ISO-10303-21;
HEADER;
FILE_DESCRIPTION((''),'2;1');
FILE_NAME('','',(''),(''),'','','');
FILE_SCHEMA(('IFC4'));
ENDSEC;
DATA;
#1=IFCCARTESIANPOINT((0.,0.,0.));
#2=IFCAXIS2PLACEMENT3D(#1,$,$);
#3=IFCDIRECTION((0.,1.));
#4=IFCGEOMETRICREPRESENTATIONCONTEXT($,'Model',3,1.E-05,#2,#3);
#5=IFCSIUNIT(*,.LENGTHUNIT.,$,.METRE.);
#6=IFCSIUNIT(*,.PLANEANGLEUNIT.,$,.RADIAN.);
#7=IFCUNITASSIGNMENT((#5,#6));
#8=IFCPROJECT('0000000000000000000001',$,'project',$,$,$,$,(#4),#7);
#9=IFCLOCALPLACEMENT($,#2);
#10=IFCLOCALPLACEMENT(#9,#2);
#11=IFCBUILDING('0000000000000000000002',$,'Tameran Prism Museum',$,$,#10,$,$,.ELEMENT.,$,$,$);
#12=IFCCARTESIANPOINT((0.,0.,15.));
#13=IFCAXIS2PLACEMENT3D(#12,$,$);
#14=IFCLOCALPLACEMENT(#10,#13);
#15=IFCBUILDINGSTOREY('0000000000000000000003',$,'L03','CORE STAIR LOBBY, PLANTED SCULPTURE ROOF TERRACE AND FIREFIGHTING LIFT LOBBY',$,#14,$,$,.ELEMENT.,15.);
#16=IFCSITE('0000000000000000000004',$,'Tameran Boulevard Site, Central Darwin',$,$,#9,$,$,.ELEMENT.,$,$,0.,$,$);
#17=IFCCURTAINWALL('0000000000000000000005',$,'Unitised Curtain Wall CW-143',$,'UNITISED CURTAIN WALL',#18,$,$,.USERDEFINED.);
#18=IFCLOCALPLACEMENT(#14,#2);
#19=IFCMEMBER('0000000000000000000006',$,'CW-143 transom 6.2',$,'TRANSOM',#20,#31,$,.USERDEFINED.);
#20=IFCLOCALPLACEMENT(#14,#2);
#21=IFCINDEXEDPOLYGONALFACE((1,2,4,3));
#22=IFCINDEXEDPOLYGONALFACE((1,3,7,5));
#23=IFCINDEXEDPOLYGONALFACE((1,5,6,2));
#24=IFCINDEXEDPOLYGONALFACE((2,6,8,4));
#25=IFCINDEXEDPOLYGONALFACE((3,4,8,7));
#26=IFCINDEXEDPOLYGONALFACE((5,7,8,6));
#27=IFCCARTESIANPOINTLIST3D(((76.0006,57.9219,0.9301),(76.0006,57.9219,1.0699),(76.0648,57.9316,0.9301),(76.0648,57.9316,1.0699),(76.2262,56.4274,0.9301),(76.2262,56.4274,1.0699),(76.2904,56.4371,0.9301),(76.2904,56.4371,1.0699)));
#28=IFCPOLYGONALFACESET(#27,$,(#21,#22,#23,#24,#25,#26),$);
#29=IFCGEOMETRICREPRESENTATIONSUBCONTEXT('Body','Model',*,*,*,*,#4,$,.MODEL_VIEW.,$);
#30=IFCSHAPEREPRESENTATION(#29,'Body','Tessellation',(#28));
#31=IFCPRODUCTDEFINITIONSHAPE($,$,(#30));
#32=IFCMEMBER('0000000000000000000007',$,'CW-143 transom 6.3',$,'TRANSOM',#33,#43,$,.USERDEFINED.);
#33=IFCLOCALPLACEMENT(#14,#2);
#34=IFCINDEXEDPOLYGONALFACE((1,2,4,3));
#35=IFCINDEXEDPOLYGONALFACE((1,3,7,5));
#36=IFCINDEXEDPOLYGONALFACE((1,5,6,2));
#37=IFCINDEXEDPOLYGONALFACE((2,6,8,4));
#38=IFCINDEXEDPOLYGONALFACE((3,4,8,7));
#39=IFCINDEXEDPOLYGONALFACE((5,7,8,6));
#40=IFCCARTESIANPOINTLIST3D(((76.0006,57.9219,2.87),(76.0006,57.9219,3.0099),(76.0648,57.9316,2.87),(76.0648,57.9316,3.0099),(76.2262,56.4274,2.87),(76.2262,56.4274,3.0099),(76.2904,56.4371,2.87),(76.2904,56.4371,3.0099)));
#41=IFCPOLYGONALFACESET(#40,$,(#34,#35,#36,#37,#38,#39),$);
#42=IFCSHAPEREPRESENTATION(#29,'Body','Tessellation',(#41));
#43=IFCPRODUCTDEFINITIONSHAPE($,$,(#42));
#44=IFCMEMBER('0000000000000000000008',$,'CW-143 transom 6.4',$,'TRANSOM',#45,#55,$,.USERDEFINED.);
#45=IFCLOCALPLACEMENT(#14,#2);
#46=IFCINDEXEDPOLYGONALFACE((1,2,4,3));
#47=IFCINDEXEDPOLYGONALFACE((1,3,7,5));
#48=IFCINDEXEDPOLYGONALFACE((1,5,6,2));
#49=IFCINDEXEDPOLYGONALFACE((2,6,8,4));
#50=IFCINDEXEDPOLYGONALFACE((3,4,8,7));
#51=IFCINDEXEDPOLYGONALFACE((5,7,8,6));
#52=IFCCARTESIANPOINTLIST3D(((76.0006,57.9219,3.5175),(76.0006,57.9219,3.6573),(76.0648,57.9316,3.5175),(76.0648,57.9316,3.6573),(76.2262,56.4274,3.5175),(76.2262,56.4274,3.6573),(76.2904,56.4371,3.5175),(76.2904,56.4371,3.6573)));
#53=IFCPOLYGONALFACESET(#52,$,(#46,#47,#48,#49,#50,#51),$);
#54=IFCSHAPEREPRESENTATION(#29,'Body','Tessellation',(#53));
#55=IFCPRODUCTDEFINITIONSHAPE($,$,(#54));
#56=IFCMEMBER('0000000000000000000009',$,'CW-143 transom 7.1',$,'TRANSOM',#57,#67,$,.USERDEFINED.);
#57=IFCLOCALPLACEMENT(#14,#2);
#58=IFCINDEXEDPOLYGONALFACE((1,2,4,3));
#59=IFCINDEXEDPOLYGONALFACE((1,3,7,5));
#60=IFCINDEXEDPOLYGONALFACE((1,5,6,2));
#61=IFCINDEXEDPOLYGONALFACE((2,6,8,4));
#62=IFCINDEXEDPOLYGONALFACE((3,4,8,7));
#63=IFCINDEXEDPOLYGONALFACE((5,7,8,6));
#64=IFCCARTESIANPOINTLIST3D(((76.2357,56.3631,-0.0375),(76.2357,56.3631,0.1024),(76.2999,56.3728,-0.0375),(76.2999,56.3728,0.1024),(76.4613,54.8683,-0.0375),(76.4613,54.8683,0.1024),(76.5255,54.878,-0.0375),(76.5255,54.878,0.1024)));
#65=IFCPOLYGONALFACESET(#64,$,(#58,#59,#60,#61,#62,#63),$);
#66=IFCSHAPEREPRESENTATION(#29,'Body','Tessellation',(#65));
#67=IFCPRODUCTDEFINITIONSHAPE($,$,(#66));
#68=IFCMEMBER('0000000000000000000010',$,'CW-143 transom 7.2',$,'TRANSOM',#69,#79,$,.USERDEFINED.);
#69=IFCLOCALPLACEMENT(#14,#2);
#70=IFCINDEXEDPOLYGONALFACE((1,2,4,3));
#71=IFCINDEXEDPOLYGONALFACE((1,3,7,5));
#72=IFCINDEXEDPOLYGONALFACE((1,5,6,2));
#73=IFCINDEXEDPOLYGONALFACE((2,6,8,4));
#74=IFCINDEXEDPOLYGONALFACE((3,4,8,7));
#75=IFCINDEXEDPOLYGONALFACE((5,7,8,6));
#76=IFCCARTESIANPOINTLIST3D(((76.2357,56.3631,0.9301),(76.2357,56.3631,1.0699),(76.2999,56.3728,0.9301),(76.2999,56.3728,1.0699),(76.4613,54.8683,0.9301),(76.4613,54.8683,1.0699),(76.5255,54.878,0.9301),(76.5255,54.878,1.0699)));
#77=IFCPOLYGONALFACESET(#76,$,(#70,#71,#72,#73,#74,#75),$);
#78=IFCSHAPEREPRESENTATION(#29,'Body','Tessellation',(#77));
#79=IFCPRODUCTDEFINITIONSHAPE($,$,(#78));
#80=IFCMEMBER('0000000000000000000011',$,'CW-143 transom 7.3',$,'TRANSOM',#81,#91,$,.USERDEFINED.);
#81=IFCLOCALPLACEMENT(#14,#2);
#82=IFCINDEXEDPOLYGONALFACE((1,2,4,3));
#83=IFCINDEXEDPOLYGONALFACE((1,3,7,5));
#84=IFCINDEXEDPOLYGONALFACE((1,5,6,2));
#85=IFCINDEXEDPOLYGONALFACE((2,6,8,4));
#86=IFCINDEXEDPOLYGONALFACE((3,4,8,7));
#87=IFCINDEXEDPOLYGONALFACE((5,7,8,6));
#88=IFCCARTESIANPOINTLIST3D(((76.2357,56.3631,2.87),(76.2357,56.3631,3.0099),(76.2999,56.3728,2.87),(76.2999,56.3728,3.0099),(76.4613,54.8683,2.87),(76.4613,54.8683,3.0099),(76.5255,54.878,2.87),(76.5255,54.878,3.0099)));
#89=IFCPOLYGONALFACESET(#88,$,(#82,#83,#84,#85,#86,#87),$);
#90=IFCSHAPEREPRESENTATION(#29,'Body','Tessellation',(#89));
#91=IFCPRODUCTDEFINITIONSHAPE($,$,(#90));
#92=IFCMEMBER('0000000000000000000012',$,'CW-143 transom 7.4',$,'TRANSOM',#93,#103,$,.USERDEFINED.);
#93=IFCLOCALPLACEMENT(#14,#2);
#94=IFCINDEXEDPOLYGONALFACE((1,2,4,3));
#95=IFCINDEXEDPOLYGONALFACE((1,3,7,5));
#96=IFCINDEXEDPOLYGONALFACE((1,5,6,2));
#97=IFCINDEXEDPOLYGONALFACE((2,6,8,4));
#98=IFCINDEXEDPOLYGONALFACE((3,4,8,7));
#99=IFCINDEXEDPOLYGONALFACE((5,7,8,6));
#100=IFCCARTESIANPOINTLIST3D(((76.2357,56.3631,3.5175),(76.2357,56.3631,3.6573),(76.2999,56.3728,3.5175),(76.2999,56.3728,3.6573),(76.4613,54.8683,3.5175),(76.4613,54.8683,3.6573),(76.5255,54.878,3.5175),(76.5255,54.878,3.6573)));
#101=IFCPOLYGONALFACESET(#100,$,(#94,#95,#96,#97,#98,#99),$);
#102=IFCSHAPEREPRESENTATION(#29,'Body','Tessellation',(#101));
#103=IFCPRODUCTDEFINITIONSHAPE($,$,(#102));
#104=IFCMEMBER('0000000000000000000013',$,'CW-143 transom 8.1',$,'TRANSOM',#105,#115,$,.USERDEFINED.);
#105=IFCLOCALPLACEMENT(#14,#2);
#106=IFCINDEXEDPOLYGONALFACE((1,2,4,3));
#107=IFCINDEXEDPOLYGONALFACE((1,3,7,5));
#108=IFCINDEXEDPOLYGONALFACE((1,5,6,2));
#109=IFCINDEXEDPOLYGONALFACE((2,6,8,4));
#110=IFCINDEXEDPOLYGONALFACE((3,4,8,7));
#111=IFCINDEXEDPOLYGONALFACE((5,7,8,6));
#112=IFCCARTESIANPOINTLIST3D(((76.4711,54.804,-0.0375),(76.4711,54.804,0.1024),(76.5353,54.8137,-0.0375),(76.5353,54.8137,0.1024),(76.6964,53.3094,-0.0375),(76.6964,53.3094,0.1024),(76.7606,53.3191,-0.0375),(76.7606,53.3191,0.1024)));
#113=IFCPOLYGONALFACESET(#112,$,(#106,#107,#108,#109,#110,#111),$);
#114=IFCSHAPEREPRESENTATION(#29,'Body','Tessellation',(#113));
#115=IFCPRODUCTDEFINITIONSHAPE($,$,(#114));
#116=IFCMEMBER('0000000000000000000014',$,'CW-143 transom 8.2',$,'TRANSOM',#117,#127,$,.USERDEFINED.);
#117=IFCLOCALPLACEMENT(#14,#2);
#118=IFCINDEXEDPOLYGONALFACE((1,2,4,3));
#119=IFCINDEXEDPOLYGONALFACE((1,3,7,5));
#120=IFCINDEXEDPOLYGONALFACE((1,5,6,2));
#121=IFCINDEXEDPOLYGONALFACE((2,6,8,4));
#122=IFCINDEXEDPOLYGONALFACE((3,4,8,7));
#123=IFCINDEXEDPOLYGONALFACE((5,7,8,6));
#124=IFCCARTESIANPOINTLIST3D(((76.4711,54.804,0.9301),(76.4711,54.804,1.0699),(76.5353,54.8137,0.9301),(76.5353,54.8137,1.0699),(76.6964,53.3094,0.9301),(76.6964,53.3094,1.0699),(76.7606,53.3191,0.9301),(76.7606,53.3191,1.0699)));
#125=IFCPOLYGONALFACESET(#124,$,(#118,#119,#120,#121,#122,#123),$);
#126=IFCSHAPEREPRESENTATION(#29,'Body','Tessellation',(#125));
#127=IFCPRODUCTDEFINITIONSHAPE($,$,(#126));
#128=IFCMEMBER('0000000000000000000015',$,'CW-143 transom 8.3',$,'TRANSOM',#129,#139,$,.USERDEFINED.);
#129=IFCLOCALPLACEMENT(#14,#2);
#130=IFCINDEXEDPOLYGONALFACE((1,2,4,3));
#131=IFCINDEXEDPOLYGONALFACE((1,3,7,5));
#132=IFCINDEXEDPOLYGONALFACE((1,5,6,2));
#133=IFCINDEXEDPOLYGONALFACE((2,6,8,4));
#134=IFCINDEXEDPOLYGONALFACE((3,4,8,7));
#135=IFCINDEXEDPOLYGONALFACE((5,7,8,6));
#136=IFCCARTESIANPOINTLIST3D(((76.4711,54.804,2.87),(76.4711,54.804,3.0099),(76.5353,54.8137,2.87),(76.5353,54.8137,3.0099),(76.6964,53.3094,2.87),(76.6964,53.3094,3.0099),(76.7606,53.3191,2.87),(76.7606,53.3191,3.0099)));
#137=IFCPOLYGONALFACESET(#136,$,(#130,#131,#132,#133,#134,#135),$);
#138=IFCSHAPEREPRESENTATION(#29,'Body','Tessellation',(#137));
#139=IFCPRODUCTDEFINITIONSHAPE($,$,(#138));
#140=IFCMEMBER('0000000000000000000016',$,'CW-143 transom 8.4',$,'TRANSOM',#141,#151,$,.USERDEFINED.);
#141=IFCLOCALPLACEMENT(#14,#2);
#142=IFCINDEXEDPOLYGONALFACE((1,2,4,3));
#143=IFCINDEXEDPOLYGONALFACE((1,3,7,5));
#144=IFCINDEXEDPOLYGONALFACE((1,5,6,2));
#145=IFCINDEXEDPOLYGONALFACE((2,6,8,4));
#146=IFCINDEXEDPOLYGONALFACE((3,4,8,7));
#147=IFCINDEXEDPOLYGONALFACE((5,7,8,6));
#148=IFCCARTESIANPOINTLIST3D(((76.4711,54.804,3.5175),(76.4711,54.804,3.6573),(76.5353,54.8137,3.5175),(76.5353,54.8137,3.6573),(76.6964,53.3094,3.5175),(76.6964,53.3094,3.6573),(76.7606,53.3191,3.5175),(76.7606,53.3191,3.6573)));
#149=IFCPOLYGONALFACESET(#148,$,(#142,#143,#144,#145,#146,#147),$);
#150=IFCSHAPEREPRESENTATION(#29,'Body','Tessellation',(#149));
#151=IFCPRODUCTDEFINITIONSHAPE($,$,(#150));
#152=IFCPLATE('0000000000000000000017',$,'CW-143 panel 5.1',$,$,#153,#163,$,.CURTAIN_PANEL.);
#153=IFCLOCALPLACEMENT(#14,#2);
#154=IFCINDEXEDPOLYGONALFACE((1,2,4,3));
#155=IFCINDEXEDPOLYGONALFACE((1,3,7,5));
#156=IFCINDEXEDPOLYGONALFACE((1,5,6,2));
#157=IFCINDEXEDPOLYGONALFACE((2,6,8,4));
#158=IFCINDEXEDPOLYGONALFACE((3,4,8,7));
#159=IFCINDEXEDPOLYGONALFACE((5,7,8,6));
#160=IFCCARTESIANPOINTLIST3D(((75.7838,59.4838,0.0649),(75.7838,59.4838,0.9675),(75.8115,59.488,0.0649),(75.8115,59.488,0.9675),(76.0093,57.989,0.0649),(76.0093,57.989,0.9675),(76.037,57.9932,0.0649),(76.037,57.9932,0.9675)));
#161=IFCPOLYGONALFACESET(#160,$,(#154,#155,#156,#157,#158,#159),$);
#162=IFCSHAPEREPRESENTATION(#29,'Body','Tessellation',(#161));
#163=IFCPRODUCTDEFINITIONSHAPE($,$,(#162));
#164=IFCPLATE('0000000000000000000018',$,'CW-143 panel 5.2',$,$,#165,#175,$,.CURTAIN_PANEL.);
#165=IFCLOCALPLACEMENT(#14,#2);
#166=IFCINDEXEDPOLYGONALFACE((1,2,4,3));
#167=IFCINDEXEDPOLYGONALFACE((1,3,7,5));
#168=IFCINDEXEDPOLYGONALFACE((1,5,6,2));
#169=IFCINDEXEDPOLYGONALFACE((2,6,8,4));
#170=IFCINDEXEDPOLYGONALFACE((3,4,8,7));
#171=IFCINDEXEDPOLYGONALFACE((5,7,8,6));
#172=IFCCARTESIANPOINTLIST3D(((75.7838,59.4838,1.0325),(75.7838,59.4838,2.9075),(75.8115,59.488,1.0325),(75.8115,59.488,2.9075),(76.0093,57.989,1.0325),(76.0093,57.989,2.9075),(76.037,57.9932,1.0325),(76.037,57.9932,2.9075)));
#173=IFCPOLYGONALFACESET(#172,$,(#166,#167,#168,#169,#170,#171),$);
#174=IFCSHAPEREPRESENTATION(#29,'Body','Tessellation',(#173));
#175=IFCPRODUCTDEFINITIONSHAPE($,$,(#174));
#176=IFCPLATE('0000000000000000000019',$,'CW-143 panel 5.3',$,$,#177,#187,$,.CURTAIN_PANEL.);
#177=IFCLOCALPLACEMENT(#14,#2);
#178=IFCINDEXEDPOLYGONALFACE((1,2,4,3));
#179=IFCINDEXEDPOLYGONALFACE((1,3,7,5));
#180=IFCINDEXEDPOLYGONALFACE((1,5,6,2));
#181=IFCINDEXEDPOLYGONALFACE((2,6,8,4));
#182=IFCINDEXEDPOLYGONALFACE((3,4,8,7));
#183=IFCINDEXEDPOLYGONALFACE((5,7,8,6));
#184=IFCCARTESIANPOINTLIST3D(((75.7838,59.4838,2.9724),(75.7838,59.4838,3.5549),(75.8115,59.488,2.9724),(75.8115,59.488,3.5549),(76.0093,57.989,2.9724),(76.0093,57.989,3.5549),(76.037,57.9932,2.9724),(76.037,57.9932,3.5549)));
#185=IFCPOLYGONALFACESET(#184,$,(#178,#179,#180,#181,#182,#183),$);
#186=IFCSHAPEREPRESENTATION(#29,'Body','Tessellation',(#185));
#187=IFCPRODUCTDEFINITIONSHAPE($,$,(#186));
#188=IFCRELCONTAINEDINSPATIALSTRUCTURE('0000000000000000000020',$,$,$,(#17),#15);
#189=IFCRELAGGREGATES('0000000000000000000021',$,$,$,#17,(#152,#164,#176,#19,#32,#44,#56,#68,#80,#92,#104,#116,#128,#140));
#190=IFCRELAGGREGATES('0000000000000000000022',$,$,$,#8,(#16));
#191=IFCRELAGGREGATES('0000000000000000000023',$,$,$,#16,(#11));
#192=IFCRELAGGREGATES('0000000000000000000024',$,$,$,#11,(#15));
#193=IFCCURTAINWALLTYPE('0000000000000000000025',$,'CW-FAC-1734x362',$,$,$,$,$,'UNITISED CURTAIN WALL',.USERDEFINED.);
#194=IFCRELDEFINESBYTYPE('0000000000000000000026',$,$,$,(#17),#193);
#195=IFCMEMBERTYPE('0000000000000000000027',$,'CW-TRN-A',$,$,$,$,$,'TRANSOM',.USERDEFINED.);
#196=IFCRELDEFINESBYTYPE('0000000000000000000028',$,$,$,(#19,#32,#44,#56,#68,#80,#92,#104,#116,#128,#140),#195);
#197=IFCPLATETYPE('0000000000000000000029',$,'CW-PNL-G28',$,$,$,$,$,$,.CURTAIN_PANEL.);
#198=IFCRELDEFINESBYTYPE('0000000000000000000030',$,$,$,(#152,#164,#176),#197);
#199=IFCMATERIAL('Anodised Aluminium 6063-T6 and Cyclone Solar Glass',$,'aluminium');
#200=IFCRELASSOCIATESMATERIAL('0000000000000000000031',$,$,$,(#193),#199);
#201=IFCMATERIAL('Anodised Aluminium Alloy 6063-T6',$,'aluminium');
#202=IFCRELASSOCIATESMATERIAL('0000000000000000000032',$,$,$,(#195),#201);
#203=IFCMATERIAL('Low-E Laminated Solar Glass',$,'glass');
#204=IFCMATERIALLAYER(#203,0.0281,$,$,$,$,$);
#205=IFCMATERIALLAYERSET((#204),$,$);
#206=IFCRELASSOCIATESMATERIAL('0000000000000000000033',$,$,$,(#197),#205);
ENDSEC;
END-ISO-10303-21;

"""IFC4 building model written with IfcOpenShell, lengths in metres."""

from ifc_helpers import new_model, si_unit, direction, frame, origin, origin_2d, place, context, subcontext, project, spatial, rectangle, extrude, material, layer, layer_set, material_profile, profile_set, type_object, element, aggregate, save


model = new_model("IFC4")

# Units and contexts
model_context = context("Model", 3, precision=1e-05, world=origin(), true_north=direction((0.0, 1.0)))
body_context = subcontext(model_context, "Body", "Model", "MODEL_VIEW")
ifc_project = project(units=[si_unit("LENGTHUNIT", "METRE"), si_unit("PLANEANGLEUNIT", "RADIAN")], contexts=[model_context])

# Site, building, storey
site_placement = place(None, origin())
site = spatial("IfcSite", under=ifc_project, at=site_placement, Name="Tameran Boulevard Site, Central Darwin", CompositionType="ELEMENT", RefElevation=0.0)
building_placement = place(site_placement, origin())
building = spatial("IfcBuilding", under=site, at=building_placement, Name="Tameran Prism Museum", CompositionType="ELEMENT")
storey_placement = place(building_placement, frame((0.0, 0.0, 15.0)))
storey = spatial("IfcBuildingStorey", under=building, at=storey_placement, Name="L03", Description="CORE STAIR LOBBY, PLANTED SCULPTURE ROOF TERRACE AND FIREFIGHTING LIFT LOBBY", CompositionType="ELEMENT", Elevation=15.0)

# Curtain wall, members, plates
ifc_material_1 = material(Name="Anodised Aluminium 6063-T6 and Cyclone Solar Glass", Category="aluminium")
curtain_wall_type = type_object("IfcCurtainWallType", Name="CW-FAC-1734x362", ElementType="UNITISED CURTAIN WALL", PredefinedType="USERDEFINED", material=ifc_material_1)
curtain_wall_placement = place(storey_placement, origin())
curtain_wall = element("IfcCurtainWall", 1, at=curtain_wall_placement, inside=storey, type_object=curtain_wall_type, Name="Unitised Curtain Wall CW-143", ObjectType="UNITISED CURTAIN WALL", PredefinedType="USERDEFINED")
ifc_material_2 = material(Name="Anodised Aluminium Alloy 6063-T6", Category="aluminium")
ifc_material_profile_1 = material_profile(ifc_material_2, rectangle(XDim=0.0649, YDim=0.1399, at=origin_2d()))
ifc_profile_set_1 = profile_set([ifc_material_profile_1])
member_type_1 = type_object("IfcMemberType", Name="CW-TRN-A", ElementType="TRANSOM", PredefinedType="USERDEFINED", material=ifc_profile_set_1)
member_1_placement = place(storey_placement, frame((76.0327, 57.9268, 1.0), z_axis=(0.149241, -0.988801, 0.0), x_axis=(0.988801, 0.149241, 0.0)))
member_1 = element("IfcMember", 2, at=member_1_placement, type_object=member_type_1, Name="CW-143 transom 6.2", ObjectType="TRANSOM", PredefinedType="USERDEFINED", context=body_context, shape_type="SweptSolid", body=[
    extrude(rectangle(XDim=0.0649, YDim=0.1399, at=origin_2d()), origin(), (0.0, 0.0, 1.0), 1.5115),
])
member_2_placement = place(storey_placement, frame((76.0327, 57.9268, 2.9399), z_axis=(0.149241, -0.988801, 0.0), x_axis=(0.988801, 0.149241, 0.0)))
member_2 = element("IfcMember", 3, at=member_2_placement, type_object=member_type_1, Name="CW-143 transom 6.3", ObjectType="TRANSOM", PredefinedType="USERDEFINED", context=body_context, shape_type="SweptSolid", body=[
    extrude(rectangle(XDim=0.0649, YDim=0.1399, at=origin_2d()), origin(), (0.0, 0.0, 1.0), 1.5115),
])
member_3_placement = place(storey_placement, frame((76.0327, 57.9268, 3.5874), z_axis=(0.149241, -0.988801, 0.0), x_axis=(0.988801, 0.149241, 0.0)))
member_3 = element("IfcMember", 4, at=member_3_placement, type_object=member_type_1, Name="CW-143 transom 6.4", ObjectType="TRANSOM", PredefinedType="USERDEFINED", context=body_context, shape_type="SweptSolid", body=[
    extrude(rectangle(XDim=0.0649, YDim=0.1399, at=origin_2d()), origin(), (0.0, 0.0, 1.0), 1.5115),
])
member_4_placement = place(storey_placement, frame((76.2678, 56.3679, 0.0325), z_axis=(0.149217, -0.988804, 0.0), x_axis=(0.988804, 0.149217, 0.0)))
member_4 = element("IfcMember", 5, at=member_4_placement, type_object=member_type_1, Name="CW-143 transom 7.1", ObjectType="TRANSOM", PredefinedType="USERDEFINED", context=body_context, shape_type="SweptSolid", body=[
    extrude(rectangle(XDim=0.0649, YDim=0.1399, at=origin_2d()), origin(), (0.0, 0.0, 1.0), 1.5117),
])
member_5_placement = place(storey_placement, frame((76.2678, 56.3679, 1.0), z_axis=(0.149217, -0.988804, 0.0), x_axis=(0.988804, 0.149217, 0.0)))
member_5 = element("IfcMember", 6, at=member_5_placement, type_object=member_type_1, Name="CW-143 transom 7.2", ObjectType="TRANSOM", PredefinedType="USERDEFINED", context=body_context, shape_type="SweptSolid", body=[
    extrude(rectangle(XDim=0.0649, YDim=0.1399, at=origin_2d()), origin(), (0.0, 0.0, 1.0), 1.5117),
])
member_6_placement = place(storey_placement, frame((76.2678, 56.3679, 2.9399), z_axis=(0.149217, -0.988804, 0.0), x_axis=(0.988804, 0.149217, 0.0)))
member_6 = element("IfcMember", 7, at=member_6_placement, type_object=member_type_1, Name="CW-143 transom 7.3", ObjectType="TRANSOM", PredefinedType="USERDEFINED", context=body_context, shape_type="SweptSolid", body=[
    extrude(rectangle(XDim=0.0649, YDim=0.1399, at=origin_2d()), origin(), (0.0, 0.0, 1.0), 1.5117),
])
member_7_placement = place(storey_placement, frame((76.2678, 56.3679, 3.5874), z_axis=(0.149217, -0.988804, 0.0), x_axis=(0.988804, 0.149217, 0.0)))
member_7 = element("IfcMember", 8, at=member_7_placement, type_object=member_type_1, Name="CW-143 transom 7.4", ObjectType="TRANSOM", PredefinedType="USERDEFINED", context=body_context, shape_type="SweptSolid", body=[
    extrude(rectangle(XDim=0.0649, YDim=0.1399, at=origin_2d()), origin(), (0.0, 0.0, 1.0), 1.5117),
])
member_8_placement = place(storey_placement, frame((76.5032, 54.8088, 0.0325), z_axis=(0.149083, -0.988825, 0.0), x_axis=(0.988825, 0.149083, 0.0)))
member_8 = element("IfcMember", 9, at=member_8_placement, type_object=member_type_1, Name="CW-143 transom 8.1", ObjectType="TRANSOM", PredefinedType="USERDEFINED", context=body_context, shape_type="SweptSolid", body=[
    extrude(rectangle(XDim=0.0649, YDim=0.1399, at=origin_2d()), origin(), (0.0, 0.0, 1.0), 1.5115),
])
member_9_placement = place(storey_placement, frame((76.5032, 54.8088, 1.0), z_axis=(0.149083, -0.988825, 0.0), x_axis=(0.988825, 0.149083, 0.0)))
member_9 = element("IfcMember", 10, at=member_9_placement, type_object=member_type_1, Name="CW-143 transom 8.2", ObjectType="TRANSOM", PredefinedType="USERDEFINED", context=body_context, shape_type="SweptSolid", body=[
    extrude(rectangle(XDim=0.0649, YDim=0.1399, at=origin_2d()), origin(), (0.0, 0.0, 1.0), 1.5115),
])
member_10_placement = place(storey_placement, frame((76.5032, 54.8088, 2.9399), z_axis=(0.149083, -0.988825, 0.0), x_axis=(0.988825, 0.149083, 0.0)))
member_10 = element("IfcMember", 11, at=member_10_placement, type_object=member_type_1, Name="CW-143 transom 8.3", ObjectType="TRANSOM", PredefinedType="USERDEFINED", context=body_context, shape_type="SweptSolid", body=[
    extrude(rectangle(XDim=0.0649, YDim=0.1399, at=origin_2d()), origin(), (0.0, 0.0, 1.0), 1.5115),
])
member_11_placement = place(storey_placement, frame((76.5032, 54.8088, 3.5874), z_axis=(0.149083, -0.988825, 0.0), x_axis=(0.988825, 0.149083, 0.0)))
member_11 = element("IfcMember", 12, at=member_11_placement, type_object=member_type_1, Name="CW-143 transom 8.4", ObjectType="TRANSOM", PredefinedType="USERDEFINED", context=body_context, shape_type="SweptSolid", body=[
    extrude(rectangle(XDim=0.0649, YDim=0.1399, at=origin_2d()), origin(), (0.0, 0.0, 1.0), 1.5115),
])
ifc_material_3 = material(Name="Low-E Laminated Solar Glass", Category="glass")
ifc_layer_1 = layer(ifc_material_3, 0.0281)
ifc_layer_set_1 = layer_set([ifc_layer_1])
plate_type = type_object("IfcPlateType", Name="CW-PNL-G28", PredefinedType="CURTAIN_PANEL", material=ifc_layer_set_1)
plate_1_placement = place(storey_placement, frame((75.9104, 58.7385, 0.0649), z_axis=(0.0, 0.0, 1.0), x_axis=(0.149167, -0.988812, 0.0)))
plate_1 = element("IfcPlate", 13, at=plate_1_placement, type_object=plate_type, Name="CW-143 panel 5.1", PredefinedType="CURTAIN_PANEL", context=body_context, shape_type="SweptSolid", body=[
    extrude(rectangle(XDim=1.5117, YDim=0.0281, at=origin_2d()), origin(), (0.0, 0.0, 1.0), 0.9026),
])
plate_2_placement = place(storey_placement, frame((75.9104, 58.7385, 1.0325), z_axis=(0.0, 0.0, 1.0), x_axis=(0.149167, -0.988812, 0.0)))
plate_2 = element("IfcPlate", 14, at=plate_2_placement, type_object=plate_type, Name="CW-143 panel 5.2", PredefinedType="CURTAIN_PANEL", context=body_context, shape_type="SweptSolid", body=[
    extrude(rectangle(XDim=1.5117, YDim=0.0281, at=origin_2d()), origin(), (0.0, 0.0, 1.0), 1.875),
])
plate_3_placement = place(storey_placement, frame((75.9104, 58.7385, 2.9724), z_axis=(0.0, 0.0, 1.0), x_axis=(0.149167, -0.988812, 0.0)))
plate_3 = element("IfcPlate", 15, at=plate_3_placement, type_object=plate_type, Name="CW-143 panel 5.3", PredefinedType="CURTAIN_PANEL", context=body_context, shape_type="SweptSolid", body=[
    extrude(rectangle(XDim=1.5117, YDim=0.0281, at=origin_2d()), origin(), (0.0, 0.0, 1.0), 0.5825),
])
aggregate(curtain_wall, [plate_1, plate_2, plate_3, member_1, member_2, member_3, member_4, member_5, member_6, member_7, member_8, member_9, member_10, member_11])

save(model, "model.ifc")
